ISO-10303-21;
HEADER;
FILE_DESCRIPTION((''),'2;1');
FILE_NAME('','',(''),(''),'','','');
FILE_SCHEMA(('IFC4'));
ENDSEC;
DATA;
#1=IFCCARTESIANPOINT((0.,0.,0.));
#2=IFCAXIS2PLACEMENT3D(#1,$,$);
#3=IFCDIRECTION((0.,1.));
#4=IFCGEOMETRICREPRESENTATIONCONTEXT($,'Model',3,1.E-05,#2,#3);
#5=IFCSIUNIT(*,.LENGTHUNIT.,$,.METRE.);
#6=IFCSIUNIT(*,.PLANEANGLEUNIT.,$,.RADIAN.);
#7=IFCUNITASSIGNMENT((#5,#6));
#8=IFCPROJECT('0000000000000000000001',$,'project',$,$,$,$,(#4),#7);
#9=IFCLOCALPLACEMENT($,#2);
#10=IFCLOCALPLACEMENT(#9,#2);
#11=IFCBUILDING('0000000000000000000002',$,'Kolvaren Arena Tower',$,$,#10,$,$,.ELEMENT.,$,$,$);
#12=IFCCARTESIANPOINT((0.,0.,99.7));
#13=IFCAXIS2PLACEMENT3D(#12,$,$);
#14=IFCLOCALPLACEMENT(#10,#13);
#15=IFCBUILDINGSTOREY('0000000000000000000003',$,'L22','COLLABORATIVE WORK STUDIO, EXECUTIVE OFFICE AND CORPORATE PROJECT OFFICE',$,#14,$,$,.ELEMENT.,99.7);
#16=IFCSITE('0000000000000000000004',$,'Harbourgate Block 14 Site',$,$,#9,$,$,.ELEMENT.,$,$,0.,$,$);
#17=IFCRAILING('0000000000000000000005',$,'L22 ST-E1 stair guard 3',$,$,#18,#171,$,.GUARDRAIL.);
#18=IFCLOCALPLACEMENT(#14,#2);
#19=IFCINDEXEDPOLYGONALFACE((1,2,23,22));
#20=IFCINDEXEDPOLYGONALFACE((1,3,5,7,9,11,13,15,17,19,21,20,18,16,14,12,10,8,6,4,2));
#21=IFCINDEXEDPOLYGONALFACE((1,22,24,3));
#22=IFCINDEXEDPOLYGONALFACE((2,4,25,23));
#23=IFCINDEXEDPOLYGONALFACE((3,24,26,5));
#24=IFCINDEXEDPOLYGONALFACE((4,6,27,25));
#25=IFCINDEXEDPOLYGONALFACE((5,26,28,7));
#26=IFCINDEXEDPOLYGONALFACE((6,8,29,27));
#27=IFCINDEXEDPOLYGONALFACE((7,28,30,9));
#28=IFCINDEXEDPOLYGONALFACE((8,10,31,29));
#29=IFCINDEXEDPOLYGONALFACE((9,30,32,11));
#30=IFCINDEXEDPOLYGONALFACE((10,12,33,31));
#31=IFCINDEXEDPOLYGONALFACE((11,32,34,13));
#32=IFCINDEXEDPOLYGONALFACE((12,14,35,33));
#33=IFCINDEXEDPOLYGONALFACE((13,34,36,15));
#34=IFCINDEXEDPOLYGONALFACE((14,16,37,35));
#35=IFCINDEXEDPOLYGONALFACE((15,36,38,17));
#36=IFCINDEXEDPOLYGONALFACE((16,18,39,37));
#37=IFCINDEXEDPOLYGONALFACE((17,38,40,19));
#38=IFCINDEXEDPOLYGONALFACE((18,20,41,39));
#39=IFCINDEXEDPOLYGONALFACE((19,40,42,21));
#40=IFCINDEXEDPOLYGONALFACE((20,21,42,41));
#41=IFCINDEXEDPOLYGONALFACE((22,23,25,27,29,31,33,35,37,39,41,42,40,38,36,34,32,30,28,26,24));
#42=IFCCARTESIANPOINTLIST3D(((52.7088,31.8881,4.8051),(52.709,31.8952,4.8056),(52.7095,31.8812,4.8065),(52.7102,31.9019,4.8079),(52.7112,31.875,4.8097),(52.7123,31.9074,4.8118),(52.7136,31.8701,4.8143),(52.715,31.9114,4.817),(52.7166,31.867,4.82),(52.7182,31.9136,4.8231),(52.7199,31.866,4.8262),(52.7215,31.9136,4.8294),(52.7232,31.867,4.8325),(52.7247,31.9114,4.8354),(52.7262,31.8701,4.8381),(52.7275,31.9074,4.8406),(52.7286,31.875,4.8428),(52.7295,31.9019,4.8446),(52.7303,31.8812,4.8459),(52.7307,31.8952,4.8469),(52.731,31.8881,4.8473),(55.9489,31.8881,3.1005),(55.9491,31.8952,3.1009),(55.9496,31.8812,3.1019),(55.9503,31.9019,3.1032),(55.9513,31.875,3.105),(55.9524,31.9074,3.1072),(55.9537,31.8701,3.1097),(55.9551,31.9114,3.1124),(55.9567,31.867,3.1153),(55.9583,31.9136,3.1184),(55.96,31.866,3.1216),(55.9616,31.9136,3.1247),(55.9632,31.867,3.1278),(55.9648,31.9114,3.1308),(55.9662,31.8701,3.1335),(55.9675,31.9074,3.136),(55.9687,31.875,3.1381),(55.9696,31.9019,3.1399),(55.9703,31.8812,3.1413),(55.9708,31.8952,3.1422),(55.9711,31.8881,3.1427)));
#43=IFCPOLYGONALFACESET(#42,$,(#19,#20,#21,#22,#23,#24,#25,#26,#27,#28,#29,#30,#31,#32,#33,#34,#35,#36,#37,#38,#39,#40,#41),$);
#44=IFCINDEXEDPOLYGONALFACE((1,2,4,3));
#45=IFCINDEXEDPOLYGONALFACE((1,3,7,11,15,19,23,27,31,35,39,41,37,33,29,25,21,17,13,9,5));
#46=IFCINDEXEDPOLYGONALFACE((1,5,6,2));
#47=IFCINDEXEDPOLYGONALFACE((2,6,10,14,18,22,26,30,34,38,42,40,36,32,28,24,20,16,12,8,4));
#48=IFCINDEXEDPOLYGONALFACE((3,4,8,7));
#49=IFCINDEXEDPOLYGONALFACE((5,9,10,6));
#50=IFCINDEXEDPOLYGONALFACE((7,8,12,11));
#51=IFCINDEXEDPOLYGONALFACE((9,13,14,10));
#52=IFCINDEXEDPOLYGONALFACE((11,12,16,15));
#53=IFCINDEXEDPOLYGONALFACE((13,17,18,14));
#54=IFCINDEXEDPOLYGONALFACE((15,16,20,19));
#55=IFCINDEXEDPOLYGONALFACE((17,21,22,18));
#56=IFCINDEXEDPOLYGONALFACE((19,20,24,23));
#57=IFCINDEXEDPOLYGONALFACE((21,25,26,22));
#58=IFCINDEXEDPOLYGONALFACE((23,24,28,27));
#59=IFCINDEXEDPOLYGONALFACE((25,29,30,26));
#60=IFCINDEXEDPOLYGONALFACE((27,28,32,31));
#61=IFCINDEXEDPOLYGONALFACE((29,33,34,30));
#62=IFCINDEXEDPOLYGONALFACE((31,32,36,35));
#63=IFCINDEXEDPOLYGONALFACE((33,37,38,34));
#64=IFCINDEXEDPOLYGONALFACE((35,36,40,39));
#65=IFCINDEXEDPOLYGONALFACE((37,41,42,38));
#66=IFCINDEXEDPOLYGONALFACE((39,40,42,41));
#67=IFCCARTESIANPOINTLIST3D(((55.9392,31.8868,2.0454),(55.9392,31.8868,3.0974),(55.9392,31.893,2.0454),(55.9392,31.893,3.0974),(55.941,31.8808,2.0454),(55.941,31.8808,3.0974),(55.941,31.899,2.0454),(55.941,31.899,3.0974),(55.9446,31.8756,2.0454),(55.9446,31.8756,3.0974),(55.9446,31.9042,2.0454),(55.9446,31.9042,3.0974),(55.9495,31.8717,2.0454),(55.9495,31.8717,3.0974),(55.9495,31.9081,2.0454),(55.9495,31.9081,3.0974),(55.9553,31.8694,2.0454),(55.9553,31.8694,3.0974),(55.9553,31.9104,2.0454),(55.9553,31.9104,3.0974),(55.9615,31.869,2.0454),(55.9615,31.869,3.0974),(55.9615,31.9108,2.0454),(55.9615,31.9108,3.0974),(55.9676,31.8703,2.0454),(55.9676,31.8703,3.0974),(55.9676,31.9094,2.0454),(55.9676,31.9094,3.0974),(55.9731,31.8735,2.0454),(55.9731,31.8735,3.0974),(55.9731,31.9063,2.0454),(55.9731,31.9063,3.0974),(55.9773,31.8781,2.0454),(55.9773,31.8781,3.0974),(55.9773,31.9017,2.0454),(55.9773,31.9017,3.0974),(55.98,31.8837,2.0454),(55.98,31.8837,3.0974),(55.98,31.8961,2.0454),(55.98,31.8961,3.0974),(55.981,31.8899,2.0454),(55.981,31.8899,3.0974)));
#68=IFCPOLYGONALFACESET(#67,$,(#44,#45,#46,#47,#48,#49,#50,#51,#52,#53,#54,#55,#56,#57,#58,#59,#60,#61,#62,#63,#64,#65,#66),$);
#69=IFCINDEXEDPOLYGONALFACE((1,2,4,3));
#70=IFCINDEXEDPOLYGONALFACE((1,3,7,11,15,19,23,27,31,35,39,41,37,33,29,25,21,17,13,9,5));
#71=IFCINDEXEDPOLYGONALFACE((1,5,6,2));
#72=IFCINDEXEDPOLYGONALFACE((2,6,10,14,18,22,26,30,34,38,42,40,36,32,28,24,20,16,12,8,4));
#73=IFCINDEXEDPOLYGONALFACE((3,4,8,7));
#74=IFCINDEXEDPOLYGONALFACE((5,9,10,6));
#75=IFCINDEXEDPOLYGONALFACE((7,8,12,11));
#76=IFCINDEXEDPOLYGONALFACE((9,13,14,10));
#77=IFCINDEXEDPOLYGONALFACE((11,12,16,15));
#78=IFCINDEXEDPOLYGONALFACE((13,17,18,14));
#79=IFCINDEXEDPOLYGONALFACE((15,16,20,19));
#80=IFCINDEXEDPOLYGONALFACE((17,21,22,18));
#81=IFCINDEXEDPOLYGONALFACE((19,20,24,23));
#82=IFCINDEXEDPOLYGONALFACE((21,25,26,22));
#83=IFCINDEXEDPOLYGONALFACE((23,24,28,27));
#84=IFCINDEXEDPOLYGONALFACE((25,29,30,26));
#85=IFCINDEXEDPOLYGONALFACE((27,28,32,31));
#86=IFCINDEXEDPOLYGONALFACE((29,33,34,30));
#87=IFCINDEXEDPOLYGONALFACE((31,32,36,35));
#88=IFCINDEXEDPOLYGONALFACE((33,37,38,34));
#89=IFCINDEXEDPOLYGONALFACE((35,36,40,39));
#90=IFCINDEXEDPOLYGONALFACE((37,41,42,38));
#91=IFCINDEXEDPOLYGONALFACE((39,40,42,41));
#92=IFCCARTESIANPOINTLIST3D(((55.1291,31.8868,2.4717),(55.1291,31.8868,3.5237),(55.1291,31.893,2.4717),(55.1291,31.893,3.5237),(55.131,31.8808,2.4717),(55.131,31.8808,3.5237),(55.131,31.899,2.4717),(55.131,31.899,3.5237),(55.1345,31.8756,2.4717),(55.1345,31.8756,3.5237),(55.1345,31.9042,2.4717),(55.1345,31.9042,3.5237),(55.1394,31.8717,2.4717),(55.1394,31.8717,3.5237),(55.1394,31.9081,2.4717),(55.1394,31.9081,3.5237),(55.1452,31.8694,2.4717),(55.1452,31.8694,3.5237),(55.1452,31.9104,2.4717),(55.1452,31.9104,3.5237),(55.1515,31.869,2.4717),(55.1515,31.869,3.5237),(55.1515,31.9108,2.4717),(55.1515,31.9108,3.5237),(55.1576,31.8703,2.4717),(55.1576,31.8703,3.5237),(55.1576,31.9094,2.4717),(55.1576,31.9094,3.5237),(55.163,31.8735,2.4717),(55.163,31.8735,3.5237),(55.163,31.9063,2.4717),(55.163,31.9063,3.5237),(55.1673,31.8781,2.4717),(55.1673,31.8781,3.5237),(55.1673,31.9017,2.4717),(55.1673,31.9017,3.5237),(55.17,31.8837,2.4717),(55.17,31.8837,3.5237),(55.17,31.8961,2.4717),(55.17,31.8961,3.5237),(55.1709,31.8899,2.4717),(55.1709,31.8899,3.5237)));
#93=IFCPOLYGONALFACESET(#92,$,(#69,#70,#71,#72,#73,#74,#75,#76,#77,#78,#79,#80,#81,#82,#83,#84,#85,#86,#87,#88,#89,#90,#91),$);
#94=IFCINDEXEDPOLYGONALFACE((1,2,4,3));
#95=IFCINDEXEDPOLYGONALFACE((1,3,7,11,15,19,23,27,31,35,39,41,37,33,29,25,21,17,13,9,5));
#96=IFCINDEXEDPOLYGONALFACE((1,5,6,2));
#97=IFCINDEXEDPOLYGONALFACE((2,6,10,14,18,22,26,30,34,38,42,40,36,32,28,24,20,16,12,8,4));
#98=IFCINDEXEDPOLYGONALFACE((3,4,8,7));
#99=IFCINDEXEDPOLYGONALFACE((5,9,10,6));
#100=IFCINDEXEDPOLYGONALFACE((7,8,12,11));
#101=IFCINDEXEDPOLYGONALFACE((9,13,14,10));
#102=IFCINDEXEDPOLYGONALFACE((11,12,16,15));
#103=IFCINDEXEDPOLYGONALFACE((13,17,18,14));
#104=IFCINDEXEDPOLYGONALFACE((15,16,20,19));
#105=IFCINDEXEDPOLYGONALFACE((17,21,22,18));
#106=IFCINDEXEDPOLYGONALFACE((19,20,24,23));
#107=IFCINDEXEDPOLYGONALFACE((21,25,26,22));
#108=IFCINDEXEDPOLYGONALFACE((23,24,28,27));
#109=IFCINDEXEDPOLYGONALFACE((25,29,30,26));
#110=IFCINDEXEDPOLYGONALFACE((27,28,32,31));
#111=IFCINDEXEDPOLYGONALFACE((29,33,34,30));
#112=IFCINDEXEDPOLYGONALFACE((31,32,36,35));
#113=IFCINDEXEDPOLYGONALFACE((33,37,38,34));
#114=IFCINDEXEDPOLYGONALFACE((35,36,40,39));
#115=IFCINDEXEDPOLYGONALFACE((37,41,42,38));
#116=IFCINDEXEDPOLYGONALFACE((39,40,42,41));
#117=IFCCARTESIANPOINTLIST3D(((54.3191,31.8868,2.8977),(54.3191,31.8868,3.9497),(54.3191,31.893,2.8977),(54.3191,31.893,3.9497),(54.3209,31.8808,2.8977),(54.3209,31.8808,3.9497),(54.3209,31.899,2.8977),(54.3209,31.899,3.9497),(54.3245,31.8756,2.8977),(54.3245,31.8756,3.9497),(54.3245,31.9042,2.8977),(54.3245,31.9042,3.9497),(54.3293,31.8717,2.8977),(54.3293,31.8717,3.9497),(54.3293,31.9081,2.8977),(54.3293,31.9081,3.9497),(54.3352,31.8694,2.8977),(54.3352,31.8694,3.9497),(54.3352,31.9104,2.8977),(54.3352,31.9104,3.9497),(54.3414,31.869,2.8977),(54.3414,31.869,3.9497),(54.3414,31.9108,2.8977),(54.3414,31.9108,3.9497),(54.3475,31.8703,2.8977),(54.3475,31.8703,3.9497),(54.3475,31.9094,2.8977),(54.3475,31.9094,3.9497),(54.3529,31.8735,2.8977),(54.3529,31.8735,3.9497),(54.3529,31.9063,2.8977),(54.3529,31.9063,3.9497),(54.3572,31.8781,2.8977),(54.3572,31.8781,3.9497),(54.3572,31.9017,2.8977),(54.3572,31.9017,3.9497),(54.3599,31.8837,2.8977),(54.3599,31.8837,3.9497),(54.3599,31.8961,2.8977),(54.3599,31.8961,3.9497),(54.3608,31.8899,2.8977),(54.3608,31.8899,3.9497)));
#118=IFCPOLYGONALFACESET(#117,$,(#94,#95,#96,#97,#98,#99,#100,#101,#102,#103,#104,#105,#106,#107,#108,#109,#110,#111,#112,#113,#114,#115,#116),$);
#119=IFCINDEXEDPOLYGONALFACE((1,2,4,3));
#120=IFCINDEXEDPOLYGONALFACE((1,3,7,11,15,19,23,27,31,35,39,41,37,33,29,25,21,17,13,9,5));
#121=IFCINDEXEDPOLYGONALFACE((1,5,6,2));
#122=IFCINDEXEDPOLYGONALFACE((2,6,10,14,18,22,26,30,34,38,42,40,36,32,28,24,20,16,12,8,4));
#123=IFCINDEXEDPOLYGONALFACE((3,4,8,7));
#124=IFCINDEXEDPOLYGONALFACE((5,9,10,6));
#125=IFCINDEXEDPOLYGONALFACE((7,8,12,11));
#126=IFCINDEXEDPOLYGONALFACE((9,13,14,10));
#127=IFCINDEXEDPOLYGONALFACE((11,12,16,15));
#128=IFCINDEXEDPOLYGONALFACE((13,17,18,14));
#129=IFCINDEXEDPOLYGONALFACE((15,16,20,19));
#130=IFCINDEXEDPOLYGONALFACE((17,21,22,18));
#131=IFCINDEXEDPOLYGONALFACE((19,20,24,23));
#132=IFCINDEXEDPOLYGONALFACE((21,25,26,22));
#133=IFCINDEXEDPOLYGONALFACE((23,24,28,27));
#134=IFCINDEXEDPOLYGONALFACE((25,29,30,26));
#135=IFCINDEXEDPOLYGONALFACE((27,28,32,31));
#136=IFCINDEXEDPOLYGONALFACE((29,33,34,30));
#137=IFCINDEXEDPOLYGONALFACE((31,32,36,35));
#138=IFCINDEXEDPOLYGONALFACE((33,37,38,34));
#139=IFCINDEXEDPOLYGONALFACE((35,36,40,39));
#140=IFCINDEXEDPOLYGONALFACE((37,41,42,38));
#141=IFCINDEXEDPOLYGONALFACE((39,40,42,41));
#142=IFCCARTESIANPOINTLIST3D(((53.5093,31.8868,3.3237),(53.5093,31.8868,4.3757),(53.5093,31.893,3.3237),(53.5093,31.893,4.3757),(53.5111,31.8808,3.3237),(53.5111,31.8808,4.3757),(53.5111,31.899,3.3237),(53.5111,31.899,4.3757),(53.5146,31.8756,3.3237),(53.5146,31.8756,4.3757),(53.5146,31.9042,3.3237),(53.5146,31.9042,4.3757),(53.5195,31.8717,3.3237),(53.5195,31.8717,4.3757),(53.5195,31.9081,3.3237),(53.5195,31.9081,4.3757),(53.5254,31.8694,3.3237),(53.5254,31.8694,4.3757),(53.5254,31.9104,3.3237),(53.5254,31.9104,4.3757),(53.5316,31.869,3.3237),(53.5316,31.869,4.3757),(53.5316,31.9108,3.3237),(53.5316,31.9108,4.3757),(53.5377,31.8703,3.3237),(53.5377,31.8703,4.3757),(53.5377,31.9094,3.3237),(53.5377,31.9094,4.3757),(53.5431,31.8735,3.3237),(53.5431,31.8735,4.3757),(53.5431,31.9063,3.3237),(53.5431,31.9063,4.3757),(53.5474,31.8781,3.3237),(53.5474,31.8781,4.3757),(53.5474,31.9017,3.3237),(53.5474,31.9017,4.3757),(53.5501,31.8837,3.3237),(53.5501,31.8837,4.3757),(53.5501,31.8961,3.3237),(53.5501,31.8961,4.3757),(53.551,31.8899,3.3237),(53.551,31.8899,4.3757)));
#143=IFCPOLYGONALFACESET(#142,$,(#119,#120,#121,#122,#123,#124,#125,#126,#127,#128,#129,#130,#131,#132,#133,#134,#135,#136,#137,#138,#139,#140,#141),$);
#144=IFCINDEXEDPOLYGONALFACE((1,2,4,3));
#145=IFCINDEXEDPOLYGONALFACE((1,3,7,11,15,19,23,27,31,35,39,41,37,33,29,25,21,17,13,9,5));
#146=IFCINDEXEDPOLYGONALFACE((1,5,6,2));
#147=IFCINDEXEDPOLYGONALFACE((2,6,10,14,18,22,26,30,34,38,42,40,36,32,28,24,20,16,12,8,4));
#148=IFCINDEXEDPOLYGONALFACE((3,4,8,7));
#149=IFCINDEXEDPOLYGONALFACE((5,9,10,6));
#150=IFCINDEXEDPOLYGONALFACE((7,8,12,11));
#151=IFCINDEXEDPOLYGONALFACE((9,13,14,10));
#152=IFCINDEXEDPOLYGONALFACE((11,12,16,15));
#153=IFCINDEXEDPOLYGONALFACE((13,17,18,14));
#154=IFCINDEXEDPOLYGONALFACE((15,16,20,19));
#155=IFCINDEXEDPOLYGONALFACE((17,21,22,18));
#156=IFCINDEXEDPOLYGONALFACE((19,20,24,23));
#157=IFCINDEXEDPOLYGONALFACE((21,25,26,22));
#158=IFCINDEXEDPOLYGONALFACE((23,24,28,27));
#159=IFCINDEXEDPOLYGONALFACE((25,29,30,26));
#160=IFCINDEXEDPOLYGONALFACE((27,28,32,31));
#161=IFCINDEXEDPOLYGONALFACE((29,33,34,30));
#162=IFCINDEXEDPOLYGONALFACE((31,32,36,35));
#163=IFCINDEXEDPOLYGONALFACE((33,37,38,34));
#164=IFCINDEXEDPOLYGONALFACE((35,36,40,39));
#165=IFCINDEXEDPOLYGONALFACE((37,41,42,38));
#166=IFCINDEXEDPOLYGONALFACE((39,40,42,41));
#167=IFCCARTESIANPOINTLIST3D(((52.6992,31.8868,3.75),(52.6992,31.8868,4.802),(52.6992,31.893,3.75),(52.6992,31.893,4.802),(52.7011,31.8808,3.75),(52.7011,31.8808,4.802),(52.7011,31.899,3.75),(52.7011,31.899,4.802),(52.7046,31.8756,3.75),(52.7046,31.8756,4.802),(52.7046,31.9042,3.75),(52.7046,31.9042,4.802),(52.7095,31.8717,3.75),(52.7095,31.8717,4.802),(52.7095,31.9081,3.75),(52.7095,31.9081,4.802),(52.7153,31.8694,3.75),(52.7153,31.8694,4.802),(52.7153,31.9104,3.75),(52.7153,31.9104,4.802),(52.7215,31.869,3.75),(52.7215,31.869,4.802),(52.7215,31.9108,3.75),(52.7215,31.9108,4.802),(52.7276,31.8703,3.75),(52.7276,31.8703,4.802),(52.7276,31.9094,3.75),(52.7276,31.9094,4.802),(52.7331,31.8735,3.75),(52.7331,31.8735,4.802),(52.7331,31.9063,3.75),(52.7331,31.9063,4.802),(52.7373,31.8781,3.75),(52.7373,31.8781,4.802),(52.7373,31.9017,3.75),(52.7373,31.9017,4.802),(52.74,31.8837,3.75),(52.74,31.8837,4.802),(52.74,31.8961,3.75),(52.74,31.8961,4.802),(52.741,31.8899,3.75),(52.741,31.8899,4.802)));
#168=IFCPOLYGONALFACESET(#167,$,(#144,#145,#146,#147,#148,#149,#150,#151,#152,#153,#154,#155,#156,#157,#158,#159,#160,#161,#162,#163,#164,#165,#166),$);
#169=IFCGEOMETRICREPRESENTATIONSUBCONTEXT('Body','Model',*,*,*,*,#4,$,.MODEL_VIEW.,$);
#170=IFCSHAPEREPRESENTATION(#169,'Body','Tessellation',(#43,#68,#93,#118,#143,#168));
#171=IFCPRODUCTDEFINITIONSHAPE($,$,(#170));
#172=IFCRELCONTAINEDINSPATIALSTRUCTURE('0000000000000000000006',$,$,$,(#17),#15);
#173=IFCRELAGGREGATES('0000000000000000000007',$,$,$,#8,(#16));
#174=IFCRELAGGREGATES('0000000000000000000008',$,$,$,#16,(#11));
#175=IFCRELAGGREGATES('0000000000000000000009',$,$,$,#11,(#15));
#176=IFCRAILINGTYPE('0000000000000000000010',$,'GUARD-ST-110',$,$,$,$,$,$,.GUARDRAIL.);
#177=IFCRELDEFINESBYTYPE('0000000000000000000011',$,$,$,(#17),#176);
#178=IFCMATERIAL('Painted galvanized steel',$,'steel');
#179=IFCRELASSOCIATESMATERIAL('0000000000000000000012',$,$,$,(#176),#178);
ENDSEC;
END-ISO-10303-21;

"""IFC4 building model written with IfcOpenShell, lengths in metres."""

from ifc_helpers import new_model, si_unit, direction, frame, origin, origin_2d, place, context, subcontext, project, spatial, circle, extrude, material, type_object, element, save


model = new_model("IFC4")

# Units and contexts
model_context = context("Model", 3, precision=1e-05, world=origin(), true_north=direction((0.0, 1.0)))
body_context = subcontext(model_context, "Body", "Model", "MODEL_VIEW")
ifc_project = project(units=[si_unit("LENGTHUNIT", "METRE"), si_unit("PLANEANGLEUNIT", "RADIAN")], contexts=[model_context])

# Site, building, storey
site_placement = place(None, origin())
site = spatial("IfcSite", under=ifc_project, at=site_placement, Name="Harbourgate Block 14 Site", CompositionType="ELEMENT", RefElevation=0.0)
building_placement = place(site_placement, origin())
building = spatial("IfcBuilding", under=site, at=building_placement, Name="Kolvaren Arena Tower", CompositionType="ELEMENT")
storey_placement = place(building_placement, frame((0.0, 0.0, 99.7)))
storey = spatial("IfcBuildingStorey", under=building, at=storey_placement, Name="L22", Description="COLLABORATIVE WORK STUDIO, EXECUTIVE OFFICE AND CORPORATE PROJECT OFFICE", CompositionType="ELEMENT", Elevation=99.7)

# Railing
ifc_material_1 = material(Name="Painted galvanized steel", Category="steel")
railing_type_1 = type_object("IfcRailingType", Name="GUARD-ST-110", PredefinedType="GUARDRAIL", material=ifc_material_1)
railing_1_placement = place(storey_placement, frame((55.96, 31.8899, 2.0454)))
element("IfcRailing", 1, at=railing_1_placement, inside=storey, type_object=railing_type_1, Name="L22 ST-E1 stair guard 3", PredefinedType="GUARDRAIL", context=body_context, shape_type="SweptSolid", body=[
    extrude(circle(Radius=0.0239, at=origin_2d()), frame((0.0, 0.0, 1.0762), z_axis=(-0.884993, 0.0, 0.465604), x_axis=(0.0, -1.0, 0.0)), (0.0, 0.0, 1.0), 3.6611),
    extrude(circle(Radius=0.021, at=origin_2d()), origin(), (0.0, 0.0, 1.0), 1.052),
    extrude(circle(Radius=0.021, at=origin_2d()), frame((-0.8101, 0.0, 0.4263)), (0.0, 0.0, 1.0), 1.052),
    extrude(circle(Radius=0.021, at=origin_2d()), frame((-1.6201, 0.0, 0.8523)), (0.0, 0.0, 1.0), 1.052),
    extrude(circle(Radius=0.021, at=origin_2d()), frame((-2.4299, 0.0, 1.2783)), (0.0, 0.0, 1.0), 1.052),
    extrude(circle(Radius=0.021, at=origin_2d()), frame((-3.24, 0.0, 1.7046)), (0.0, 0.0, 1.0), 1.052),
])

save(model, "model.ifc")
